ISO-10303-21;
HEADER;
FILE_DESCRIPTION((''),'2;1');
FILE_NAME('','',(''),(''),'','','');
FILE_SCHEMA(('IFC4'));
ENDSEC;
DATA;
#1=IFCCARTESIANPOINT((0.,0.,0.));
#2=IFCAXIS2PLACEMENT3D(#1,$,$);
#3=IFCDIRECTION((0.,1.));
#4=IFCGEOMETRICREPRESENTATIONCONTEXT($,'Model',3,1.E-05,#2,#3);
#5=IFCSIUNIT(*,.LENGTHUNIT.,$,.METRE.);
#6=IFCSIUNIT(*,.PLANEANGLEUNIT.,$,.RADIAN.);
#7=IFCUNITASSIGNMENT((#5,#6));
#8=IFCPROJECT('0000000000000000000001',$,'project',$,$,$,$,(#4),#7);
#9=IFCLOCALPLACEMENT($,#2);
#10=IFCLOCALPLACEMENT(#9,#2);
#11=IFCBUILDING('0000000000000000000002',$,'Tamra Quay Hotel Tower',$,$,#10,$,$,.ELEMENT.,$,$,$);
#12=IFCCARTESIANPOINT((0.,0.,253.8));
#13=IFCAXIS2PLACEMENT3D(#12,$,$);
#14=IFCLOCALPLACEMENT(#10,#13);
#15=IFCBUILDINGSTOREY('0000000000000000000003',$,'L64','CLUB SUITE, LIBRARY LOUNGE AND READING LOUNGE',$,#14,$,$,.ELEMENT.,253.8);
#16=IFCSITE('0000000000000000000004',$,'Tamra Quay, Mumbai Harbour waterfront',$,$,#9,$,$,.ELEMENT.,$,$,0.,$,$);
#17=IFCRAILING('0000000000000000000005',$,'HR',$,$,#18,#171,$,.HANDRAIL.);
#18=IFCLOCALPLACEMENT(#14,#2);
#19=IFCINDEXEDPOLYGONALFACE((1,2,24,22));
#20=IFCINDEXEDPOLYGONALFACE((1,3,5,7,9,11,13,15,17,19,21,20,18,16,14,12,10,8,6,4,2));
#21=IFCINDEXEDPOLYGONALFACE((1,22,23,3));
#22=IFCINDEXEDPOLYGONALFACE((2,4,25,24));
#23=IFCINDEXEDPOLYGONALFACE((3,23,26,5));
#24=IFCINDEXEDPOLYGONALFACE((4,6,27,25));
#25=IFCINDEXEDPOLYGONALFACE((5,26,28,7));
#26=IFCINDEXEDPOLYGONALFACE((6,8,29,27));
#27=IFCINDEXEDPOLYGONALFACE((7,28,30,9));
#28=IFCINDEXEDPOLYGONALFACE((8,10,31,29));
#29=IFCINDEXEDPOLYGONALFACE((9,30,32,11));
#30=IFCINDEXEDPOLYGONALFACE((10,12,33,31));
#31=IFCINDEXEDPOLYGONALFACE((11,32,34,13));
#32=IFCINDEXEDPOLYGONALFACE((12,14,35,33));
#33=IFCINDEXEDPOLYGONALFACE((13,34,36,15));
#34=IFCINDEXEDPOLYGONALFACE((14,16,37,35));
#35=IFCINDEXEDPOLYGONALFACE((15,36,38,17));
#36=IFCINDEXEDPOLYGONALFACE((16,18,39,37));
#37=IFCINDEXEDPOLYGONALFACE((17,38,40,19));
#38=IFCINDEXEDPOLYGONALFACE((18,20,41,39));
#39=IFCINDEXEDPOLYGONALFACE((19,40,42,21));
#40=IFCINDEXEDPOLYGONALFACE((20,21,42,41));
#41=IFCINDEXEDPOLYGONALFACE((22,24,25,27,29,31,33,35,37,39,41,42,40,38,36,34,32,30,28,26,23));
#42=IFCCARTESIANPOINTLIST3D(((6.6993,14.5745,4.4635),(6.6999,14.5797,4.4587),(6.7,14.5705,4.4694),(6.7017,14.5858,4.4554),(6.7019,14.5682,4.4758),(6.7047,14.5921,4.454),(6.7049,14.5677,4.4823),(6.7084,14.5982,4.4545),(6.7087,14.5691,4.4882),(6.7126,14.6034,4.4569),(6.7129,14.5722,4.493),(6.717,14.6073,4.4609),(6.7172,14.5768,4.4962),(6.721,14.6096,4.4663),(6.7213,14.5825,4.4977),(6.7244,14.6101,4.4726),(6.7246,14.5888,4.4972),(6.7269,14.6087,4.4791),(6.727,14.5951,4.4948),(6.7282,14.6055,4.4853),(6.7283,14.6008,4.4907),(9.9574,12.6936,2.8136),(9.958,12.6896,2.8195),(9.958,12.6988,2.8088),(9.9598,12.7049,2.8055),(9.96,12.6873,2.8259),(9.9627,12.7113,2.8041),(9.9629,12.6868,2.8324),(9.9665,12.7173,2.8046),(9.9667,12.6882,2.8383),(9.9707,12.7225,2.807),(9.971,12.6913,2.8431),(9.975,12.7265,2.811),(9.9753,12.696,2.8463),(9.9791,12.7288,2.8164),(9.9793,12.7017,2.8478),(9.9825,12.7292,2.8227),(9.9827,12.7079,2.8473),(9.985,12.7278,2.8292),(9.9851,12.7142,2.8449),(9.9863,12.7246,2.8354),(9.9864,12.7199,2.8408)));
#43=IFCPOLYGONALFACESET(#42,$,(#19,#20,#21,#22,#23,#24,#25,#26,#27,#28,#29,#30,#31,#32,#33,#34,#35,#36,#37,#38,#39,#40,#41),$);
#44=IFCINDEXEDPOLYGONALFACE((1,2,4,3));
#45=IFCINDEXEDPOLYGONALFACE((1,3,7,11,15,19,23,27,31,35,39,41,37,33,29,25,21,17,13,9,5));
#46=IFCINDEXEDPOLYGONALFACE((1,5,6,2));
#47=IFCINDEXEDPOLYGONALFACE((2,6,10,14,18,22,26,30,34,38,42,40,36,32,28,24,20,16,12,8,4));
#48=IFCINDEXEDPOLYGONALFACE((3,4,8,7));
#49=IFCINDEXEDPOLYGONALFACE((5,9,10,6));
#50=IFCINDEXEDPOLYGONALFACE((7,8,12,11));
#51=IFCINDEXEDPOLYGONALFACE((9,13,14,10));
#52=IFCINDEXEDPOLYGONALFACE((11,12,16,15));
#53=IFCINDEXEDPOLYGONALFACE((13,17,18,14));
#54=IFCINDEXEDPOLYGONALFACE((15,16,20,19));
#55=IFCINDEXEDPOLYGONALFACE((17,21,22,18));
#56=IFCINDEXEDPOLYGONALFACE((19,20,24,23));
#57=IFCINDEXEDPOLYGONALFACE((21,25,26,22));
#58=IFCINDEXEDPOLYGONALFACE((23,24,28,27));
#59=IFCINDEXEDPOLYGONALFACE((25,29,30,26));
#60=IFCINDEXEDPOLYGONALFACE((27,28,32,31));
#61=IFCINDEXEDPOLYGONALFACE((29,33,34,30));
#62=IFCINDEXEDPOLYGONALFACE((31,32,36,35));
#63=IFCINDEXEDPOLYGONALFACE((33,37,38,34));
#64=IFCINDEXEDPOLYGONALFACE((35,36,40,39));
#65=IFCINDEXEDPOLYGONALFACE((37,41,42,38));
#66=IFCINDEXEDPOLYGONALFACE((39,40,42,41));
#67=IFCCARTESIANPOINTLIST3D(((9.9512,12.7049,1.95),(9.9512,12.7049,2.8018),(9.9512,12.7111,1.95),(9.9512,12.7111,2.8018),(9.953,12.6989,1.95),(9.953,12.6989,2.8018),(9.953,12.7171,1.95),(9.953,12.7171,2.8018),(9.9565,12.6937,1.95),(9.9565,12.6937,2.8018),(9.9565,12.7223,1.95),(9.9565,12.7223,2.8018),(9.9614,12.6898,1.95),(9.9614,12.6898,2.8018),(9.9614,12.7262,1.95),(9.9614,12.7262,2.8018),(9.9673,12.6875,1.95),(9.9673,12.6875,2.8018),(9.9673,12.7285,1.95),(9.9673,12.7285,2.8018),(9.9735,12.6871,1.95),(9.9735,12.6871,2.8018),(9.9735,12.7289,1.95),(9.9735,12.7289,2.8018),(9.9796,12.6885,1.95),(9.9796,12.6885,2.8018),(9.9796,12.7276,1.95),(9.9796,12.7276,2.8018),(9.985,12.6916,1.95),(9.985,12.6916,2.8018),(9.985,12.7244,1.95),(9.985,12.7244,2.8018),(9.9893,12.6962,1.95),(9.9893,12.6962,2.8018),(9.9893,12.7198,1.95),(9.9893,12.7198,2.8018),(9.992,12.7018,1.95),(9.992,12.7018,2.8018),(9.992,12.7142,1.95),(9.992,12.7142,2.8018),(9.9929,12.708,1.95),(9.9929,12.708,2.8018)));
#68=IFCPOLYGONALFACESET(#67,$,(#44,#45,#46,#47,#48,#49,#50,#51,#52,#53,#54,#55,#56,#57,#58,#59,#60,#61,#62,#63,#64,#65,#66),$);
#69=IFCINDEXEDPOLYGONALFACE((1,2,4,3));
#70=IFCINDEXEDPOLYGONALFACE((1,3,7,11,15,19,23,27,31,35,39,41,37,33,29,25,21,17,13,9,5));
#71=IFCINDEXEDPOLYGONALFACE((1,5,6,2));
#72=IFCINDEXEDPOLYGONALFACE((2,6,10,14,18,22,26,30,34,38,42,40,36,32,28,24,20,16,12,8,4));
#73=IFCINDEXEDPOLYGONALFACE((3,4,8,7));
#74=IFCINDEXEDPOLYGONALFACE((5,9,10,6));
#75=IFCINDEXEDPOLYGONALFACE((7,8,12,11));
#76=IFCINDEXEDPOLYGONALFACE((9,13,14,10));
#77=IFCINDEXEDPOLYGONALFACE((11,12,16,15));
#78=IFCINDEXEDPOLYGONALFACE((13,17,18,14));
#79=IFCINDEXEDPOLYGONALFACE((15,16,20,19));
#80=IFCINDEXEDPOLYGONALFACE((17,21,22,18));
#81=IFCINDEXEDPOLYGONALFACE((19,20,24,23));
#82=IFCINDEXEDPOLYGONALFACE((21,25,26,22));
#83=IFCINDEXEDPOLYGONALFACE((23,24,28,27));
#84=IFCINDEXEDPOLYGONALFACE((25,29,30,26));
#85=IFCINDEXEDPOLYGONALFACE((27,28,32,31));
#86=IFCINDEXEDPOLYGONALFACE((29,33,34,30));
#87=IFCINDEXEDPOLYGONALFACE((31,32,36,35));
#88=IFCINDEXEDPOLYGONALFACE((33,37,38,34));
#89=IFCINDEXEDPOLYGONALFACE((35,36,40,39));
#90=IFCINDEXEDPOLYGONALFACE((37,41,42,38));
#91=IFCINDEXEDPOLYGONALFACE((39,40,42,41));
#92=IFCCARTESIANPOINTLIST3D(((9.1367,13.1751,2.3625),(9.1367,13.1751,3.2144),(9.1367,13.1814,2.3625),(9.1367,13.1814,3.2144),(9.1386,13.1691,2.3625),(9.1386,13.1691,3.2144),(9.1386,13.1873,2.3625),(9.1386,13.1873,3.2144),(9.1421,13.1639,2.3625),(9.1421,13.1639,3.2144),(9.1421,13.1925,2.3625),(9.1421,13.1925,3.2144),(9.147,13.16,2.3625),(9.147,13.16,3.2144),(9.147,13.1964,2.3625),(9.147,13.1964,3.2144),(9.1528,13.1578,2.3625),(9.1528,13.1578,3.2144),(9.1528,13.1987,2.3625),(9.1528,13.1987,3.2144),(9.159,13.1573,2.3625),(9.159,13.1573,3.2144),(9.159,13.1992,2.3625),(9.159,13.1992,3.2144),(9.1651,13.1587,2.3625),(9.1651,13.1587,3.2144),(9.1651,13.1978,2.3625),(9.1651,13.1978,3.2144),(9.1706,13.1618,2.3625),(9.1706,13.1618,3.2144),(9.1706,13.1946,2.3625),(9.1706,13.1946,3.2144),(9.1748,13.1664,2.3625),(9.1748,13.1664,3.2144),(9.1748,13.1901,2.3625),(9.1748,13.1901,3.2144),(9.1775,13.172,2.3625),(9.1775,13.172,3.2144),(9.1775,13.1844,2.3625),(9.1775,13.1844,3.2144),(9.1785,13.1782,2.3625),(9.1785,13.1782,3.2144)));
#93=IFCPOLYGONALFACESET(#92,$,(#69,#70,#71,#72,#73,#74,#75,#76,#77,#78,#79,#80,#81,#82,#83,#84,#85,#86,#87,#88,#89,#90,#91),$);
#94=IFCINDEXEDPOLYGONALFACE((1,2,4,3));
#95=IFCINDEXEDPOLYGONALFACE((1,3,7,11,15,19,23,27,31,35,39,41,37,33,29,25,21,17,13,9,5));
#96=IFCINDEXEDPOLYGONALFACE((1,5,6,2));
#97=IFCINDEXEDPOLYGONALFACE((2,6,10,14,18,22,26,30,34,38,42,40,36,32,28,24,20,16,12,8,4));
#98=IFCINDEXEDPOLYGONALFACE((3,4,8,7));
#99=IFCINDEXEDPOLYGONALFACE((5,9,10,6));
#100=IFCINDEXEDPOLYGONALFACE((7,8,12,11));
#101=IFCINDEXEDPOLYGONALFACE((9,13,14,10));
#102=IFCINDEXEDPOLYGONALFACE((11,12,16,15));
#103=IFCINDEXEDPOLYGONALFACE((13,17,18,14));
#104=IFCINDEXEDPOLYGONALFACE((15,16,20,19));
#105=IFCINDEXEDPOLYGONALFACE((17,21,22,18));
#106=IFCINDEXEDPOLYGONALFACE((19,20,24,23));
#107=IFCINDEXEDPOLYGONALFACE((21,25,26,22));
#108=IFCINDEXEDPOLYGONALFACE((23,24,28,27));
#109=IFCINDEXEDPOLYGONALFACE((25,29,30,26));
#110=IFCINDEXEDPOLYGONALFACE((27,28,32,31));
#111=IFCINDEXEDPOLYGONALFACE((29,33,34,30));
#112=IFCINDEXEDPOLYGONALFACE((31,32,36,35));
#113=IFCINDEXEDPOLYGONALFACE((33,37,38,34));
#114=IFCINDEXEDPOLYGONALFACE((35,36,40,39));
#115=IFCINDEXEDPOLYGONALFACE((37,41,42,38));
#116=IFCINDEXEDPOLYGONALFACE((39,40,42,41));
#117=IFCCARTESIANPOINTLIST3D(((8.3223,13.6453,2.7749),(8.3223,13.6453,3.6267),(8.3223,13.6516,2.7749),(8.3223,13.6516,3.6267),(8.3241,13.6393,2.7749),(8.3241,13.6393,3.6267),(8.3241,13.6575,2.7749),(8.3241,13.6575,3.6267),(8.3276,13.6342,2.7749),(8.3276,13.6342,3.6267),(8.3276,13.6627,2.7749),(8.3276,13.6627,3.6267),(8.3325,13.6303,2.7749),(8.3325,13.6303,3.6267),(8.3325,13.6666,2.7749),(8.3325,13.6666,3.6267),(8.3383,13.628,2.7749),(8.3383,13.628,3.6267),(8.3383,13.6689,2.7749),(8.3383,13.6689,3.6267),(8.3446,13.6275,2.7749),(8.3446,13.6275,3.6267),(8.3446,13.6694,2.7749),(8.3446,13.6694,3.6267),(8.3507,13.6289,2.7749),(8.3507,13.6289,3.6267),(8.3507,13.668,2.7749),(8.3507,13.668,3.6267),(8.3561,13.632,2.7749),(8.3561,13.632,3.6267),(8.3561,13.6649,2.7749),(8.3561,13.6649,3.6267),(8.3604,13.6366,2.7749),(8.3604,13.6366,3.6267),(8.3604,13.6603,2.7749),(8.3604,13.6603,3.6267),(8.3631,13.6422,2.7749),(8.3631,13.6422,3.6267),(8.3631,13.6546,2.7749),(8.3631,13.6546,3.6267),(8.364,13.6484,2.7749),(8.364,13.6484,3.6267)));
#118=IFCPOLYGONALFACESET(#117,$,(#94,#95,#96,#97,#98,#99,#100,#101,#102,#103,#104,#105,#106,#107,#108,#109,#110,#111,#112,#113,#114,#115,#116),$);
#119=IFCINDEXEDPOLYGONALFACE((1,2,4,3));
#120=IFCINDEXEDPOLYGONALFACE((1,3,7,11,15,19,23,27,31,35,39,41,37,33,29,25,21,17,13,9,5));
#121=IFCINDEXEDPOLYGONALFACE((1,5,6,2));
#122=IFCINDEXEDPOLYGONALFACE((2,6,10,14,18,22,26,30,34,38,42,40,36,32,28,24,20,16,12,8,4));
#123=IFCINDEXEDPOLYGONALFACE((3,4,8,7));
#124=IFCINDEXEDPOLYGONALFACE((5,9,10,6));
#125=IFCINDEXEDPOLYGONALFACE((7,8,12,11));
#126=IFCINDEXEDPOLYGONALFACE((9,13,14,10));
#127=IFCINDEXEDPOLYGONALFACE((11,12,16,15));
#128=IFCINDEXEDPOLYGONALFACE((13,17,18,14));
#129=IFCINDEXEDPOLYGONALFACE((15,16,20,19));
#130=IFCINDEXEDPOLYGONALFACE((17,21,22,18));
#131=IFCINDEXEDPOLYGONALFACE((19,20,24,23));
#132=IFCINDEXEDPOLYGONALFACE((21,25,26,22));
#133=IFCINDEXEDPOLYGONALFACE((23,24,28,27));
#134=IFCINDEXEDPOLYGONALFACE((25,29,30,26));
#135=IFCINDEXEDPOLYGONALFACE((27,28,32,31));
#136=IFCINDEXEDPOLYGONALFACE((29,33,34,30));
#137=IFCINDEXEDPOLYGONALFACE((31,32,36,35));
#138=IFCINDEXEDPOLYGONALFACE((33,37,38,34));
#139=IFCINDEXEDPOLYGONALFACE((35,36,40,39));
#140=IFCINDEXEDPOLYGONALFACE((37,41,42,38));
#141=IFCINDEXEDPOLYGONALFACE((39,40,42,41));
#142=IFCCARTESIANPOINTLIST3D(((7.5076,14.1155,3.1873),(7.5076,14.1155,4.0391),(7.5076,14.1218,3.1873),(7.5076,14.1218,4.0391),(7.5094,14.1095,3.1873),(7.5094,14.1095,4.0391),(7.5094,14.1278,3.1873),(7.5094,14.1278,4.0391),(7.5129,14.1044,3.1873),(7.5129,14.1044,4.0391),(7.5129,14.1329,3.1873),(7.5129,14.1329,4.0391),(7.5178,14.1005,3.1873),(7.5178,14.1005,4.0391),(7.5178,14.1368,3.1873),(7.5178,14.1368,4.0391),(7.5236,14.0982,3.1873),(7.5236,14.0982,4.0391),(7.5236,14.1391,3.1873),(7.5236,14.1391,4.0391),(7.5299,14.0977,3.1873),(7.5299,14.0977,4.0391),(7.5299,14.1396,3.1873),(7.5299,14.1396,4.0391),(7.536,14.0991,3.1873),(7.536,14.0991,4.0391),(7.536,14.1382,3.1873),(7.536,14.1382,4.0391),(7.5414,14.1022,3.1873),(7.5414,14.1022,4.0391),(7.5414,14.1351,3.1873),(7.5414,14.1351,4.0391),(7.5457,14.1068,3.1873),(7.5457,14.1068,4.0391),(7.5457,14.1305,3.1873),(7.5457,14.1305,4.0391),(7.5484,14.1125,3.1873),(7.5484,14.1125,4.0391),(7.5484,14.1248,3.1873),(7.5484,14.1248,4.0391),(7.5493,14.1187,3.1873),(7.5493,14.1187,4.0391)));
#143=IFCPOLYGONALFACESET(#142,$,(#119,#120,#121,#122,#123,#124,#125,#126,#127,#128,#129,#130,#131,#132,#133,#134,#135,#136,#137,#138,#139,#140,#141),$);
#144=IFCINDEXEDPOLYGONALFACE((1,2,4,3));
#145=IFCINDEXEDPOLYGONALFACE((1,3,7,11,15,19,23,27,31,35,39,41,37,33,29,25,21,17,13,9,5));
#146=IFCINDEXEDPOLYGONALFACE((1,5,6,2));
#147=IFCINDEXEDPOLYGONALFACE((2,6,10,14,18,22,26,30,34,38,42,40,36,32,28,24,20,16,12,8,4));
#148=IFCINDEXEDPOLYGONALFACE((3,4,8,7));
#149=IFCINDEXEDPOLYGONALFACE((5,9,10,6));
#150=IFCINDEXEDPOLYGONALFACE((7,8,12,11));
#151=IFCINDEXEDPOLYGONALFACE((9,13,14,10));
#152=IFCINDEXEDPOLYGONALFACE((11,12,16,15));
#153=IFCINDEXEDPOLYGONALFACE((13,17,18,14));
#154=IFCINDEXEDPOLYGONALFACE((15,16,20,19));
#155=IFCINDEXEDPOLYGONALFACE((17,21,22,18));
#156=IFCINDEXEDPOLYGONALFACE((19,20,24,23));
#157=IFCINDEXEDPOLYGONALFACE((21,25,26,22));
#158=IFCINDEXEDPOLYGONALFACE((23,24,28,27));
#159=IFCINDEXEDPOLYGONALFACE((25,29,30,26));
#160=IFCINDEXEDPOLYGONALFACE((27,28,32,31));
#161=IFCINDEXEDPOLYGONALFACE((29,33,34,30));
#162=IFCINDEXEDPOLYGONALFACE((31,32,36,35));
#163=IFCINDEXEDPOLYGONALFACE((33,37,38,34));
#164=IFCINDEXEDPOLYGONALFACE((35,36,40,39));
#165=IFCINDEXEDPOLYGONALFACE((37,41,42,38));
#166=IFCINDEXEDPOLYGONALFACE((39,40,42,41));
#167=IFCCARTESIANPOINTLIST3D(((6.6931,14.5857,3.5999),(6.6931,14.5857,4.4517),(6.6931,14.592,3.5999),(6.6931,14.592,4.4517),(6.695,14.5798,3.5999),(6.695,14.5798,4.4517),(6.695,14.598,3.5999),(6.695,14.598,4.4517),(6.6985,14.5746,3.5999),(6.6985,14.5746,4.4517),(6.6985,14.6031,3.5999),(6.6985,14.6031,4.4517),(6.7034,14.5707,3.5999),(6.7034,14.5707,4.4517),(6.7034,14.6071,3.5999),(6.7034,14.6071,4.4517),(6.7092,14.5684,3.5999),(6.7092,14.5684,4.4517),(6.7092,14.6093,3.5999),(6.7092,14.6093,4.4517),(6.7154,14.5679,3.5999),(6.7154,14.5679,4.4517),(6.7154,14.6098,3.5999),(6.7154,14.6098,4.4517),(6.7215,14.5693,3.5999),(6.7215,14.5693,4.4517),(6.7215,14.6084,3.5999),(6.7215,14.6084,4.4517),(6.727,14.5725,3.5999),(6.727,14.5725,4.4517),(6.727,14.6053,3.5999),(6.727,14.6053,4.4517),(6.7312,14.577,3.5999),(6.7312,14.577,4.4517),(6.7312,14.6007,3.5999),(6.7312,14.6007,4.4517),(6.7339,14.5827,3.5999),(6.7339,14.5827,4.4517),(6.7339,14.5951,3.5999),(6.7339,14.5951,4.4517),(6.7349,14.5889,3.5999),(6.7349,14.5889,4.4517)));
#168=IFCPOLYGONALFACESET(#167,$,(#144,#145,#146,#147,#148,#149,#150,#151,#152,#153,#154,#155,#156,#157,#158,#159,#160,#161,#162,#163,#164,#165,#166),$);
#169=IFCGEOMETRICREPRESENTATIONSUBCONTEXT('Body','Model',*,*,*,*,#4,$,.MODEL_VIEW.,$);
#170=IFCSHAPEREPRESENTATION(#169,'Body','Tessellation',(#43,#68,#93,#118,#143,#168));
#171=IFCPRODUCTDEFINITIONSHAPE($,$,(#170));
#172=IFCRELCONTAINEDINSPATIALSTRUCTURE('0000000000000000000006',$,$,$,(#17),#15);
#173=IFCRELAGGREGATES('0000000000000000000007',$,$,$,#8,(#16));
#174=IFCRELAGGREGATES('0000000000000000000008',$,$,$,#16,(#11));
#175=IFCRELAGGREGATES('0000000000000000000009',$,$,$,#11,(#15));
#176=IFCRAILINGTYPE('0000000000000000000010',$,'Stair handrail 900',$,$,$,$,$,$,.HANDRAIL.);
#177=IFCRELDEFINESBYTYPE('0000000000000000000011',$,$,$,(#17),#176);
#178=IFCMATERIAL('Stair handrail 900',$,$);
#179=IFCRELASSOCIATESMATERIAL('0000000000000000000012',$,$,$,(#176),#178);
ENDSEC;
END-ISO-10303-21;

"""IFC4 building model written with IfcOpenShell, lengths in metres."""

from ifc_helpers import new_model, si_unit, direction, frame, origin, origin_2d, place, context, subcontext, project, spatial, circle, extrude, material, type_object, element, save


model = new_model("IFC4")

# Units and contexts
model_context = context("Model", 3, precision=1e-05, world=origin(), true_north=direction((0.0, 1.0)))
body_context = subcontext(model_context, "Body", "Model", "MODEL_VIEW")
ifc_project = project(units=[si_unit("LENGTHUNIT", "METRE"), si_unit("PLANEANGLEUNIT", "RADIAN")], contexts=[model_context])

# Site, building, storey
site_placement = place(None, origin())
site = spatial("IfcSite", under=ifc_project, at=site_placement, Name="Tamra Quay, Mumbai Harbour waterfront", CompositionType="ELEMENT", RefElevation=0.0)
building_placement = place(site_placement, origin())
building = spatial("IfcBuilding", under=site, at=building_placement, Name="Tamra Quay Hotel Tower", CompositionType="ELEMENT")
storey_placement = place(building_placement, frame((0.0, 0.0, 253.8)))
storey = spatial("IfcBuildingStorey", under=building, at=storey_placement, Name="L64", Description="CLUB SUITE, LIBRARY LOUNGE AND READING LOUNGE", CompositionType="ELEMENT", Elevation=253.8)

# Railing
ifc_material_1 = material(Name="Stair handrail 900")
railing_type_1 = type_object("IfcRailingType", Name="Stair handrail 900", PredefinedType="HANDRAIL", material=ifc_material_1)
railing_1_placement = place(storey_placement, frame((9.9719, 12.708, 1.95)))
element("IfcRailing", 1, at=railing_1_placement, inside=storey, type_object=railing_type_1, Name="HR", PredefinedType="HANDRAIL", context=body_context, shape_type="SweptSolid", body=[
    extrude(circle(Radius=0.0239, at=origin_2d()), frame((0.0, 0.0, 0.876), z_axis=(-0.793122, 0.457865, 0.401642), x_axis=(-0.499964, -0.866046, 0.0)), (0.0, 0.0, 1.0), 4.1079),
    extrude(circle(Radius=0.021, at=origin_2d()), origin(), (0.0, 0.0, 1.0), 0.8518),
    extrude(circle(Radius=0.021, at=origin_2d()), frame((-0.8145, 0.4702, 0.4126)), (0.0, 0.0, 1.0), 0.8518),
    extrude(circle(Radius=0.021, at=origin_2d()), frame((-1.6289, 0.9404, 0.825)), (0.0, 0.0, 1.0), 0.8518),
    extrude(circle(Radius=0.021, at=origin_2d()), frame((-2.4436, 1.4106, 1.2373)), (0.0, 0.0, 1.0), 0.8518),
    extrude(circle(Radius=0.021, at=origin_2d()), frame((-3.2581, 1.8809, 1.6499)), (0.0, 0.0, 1.0), 0.8518),
])

save(model, "model.ifc")
